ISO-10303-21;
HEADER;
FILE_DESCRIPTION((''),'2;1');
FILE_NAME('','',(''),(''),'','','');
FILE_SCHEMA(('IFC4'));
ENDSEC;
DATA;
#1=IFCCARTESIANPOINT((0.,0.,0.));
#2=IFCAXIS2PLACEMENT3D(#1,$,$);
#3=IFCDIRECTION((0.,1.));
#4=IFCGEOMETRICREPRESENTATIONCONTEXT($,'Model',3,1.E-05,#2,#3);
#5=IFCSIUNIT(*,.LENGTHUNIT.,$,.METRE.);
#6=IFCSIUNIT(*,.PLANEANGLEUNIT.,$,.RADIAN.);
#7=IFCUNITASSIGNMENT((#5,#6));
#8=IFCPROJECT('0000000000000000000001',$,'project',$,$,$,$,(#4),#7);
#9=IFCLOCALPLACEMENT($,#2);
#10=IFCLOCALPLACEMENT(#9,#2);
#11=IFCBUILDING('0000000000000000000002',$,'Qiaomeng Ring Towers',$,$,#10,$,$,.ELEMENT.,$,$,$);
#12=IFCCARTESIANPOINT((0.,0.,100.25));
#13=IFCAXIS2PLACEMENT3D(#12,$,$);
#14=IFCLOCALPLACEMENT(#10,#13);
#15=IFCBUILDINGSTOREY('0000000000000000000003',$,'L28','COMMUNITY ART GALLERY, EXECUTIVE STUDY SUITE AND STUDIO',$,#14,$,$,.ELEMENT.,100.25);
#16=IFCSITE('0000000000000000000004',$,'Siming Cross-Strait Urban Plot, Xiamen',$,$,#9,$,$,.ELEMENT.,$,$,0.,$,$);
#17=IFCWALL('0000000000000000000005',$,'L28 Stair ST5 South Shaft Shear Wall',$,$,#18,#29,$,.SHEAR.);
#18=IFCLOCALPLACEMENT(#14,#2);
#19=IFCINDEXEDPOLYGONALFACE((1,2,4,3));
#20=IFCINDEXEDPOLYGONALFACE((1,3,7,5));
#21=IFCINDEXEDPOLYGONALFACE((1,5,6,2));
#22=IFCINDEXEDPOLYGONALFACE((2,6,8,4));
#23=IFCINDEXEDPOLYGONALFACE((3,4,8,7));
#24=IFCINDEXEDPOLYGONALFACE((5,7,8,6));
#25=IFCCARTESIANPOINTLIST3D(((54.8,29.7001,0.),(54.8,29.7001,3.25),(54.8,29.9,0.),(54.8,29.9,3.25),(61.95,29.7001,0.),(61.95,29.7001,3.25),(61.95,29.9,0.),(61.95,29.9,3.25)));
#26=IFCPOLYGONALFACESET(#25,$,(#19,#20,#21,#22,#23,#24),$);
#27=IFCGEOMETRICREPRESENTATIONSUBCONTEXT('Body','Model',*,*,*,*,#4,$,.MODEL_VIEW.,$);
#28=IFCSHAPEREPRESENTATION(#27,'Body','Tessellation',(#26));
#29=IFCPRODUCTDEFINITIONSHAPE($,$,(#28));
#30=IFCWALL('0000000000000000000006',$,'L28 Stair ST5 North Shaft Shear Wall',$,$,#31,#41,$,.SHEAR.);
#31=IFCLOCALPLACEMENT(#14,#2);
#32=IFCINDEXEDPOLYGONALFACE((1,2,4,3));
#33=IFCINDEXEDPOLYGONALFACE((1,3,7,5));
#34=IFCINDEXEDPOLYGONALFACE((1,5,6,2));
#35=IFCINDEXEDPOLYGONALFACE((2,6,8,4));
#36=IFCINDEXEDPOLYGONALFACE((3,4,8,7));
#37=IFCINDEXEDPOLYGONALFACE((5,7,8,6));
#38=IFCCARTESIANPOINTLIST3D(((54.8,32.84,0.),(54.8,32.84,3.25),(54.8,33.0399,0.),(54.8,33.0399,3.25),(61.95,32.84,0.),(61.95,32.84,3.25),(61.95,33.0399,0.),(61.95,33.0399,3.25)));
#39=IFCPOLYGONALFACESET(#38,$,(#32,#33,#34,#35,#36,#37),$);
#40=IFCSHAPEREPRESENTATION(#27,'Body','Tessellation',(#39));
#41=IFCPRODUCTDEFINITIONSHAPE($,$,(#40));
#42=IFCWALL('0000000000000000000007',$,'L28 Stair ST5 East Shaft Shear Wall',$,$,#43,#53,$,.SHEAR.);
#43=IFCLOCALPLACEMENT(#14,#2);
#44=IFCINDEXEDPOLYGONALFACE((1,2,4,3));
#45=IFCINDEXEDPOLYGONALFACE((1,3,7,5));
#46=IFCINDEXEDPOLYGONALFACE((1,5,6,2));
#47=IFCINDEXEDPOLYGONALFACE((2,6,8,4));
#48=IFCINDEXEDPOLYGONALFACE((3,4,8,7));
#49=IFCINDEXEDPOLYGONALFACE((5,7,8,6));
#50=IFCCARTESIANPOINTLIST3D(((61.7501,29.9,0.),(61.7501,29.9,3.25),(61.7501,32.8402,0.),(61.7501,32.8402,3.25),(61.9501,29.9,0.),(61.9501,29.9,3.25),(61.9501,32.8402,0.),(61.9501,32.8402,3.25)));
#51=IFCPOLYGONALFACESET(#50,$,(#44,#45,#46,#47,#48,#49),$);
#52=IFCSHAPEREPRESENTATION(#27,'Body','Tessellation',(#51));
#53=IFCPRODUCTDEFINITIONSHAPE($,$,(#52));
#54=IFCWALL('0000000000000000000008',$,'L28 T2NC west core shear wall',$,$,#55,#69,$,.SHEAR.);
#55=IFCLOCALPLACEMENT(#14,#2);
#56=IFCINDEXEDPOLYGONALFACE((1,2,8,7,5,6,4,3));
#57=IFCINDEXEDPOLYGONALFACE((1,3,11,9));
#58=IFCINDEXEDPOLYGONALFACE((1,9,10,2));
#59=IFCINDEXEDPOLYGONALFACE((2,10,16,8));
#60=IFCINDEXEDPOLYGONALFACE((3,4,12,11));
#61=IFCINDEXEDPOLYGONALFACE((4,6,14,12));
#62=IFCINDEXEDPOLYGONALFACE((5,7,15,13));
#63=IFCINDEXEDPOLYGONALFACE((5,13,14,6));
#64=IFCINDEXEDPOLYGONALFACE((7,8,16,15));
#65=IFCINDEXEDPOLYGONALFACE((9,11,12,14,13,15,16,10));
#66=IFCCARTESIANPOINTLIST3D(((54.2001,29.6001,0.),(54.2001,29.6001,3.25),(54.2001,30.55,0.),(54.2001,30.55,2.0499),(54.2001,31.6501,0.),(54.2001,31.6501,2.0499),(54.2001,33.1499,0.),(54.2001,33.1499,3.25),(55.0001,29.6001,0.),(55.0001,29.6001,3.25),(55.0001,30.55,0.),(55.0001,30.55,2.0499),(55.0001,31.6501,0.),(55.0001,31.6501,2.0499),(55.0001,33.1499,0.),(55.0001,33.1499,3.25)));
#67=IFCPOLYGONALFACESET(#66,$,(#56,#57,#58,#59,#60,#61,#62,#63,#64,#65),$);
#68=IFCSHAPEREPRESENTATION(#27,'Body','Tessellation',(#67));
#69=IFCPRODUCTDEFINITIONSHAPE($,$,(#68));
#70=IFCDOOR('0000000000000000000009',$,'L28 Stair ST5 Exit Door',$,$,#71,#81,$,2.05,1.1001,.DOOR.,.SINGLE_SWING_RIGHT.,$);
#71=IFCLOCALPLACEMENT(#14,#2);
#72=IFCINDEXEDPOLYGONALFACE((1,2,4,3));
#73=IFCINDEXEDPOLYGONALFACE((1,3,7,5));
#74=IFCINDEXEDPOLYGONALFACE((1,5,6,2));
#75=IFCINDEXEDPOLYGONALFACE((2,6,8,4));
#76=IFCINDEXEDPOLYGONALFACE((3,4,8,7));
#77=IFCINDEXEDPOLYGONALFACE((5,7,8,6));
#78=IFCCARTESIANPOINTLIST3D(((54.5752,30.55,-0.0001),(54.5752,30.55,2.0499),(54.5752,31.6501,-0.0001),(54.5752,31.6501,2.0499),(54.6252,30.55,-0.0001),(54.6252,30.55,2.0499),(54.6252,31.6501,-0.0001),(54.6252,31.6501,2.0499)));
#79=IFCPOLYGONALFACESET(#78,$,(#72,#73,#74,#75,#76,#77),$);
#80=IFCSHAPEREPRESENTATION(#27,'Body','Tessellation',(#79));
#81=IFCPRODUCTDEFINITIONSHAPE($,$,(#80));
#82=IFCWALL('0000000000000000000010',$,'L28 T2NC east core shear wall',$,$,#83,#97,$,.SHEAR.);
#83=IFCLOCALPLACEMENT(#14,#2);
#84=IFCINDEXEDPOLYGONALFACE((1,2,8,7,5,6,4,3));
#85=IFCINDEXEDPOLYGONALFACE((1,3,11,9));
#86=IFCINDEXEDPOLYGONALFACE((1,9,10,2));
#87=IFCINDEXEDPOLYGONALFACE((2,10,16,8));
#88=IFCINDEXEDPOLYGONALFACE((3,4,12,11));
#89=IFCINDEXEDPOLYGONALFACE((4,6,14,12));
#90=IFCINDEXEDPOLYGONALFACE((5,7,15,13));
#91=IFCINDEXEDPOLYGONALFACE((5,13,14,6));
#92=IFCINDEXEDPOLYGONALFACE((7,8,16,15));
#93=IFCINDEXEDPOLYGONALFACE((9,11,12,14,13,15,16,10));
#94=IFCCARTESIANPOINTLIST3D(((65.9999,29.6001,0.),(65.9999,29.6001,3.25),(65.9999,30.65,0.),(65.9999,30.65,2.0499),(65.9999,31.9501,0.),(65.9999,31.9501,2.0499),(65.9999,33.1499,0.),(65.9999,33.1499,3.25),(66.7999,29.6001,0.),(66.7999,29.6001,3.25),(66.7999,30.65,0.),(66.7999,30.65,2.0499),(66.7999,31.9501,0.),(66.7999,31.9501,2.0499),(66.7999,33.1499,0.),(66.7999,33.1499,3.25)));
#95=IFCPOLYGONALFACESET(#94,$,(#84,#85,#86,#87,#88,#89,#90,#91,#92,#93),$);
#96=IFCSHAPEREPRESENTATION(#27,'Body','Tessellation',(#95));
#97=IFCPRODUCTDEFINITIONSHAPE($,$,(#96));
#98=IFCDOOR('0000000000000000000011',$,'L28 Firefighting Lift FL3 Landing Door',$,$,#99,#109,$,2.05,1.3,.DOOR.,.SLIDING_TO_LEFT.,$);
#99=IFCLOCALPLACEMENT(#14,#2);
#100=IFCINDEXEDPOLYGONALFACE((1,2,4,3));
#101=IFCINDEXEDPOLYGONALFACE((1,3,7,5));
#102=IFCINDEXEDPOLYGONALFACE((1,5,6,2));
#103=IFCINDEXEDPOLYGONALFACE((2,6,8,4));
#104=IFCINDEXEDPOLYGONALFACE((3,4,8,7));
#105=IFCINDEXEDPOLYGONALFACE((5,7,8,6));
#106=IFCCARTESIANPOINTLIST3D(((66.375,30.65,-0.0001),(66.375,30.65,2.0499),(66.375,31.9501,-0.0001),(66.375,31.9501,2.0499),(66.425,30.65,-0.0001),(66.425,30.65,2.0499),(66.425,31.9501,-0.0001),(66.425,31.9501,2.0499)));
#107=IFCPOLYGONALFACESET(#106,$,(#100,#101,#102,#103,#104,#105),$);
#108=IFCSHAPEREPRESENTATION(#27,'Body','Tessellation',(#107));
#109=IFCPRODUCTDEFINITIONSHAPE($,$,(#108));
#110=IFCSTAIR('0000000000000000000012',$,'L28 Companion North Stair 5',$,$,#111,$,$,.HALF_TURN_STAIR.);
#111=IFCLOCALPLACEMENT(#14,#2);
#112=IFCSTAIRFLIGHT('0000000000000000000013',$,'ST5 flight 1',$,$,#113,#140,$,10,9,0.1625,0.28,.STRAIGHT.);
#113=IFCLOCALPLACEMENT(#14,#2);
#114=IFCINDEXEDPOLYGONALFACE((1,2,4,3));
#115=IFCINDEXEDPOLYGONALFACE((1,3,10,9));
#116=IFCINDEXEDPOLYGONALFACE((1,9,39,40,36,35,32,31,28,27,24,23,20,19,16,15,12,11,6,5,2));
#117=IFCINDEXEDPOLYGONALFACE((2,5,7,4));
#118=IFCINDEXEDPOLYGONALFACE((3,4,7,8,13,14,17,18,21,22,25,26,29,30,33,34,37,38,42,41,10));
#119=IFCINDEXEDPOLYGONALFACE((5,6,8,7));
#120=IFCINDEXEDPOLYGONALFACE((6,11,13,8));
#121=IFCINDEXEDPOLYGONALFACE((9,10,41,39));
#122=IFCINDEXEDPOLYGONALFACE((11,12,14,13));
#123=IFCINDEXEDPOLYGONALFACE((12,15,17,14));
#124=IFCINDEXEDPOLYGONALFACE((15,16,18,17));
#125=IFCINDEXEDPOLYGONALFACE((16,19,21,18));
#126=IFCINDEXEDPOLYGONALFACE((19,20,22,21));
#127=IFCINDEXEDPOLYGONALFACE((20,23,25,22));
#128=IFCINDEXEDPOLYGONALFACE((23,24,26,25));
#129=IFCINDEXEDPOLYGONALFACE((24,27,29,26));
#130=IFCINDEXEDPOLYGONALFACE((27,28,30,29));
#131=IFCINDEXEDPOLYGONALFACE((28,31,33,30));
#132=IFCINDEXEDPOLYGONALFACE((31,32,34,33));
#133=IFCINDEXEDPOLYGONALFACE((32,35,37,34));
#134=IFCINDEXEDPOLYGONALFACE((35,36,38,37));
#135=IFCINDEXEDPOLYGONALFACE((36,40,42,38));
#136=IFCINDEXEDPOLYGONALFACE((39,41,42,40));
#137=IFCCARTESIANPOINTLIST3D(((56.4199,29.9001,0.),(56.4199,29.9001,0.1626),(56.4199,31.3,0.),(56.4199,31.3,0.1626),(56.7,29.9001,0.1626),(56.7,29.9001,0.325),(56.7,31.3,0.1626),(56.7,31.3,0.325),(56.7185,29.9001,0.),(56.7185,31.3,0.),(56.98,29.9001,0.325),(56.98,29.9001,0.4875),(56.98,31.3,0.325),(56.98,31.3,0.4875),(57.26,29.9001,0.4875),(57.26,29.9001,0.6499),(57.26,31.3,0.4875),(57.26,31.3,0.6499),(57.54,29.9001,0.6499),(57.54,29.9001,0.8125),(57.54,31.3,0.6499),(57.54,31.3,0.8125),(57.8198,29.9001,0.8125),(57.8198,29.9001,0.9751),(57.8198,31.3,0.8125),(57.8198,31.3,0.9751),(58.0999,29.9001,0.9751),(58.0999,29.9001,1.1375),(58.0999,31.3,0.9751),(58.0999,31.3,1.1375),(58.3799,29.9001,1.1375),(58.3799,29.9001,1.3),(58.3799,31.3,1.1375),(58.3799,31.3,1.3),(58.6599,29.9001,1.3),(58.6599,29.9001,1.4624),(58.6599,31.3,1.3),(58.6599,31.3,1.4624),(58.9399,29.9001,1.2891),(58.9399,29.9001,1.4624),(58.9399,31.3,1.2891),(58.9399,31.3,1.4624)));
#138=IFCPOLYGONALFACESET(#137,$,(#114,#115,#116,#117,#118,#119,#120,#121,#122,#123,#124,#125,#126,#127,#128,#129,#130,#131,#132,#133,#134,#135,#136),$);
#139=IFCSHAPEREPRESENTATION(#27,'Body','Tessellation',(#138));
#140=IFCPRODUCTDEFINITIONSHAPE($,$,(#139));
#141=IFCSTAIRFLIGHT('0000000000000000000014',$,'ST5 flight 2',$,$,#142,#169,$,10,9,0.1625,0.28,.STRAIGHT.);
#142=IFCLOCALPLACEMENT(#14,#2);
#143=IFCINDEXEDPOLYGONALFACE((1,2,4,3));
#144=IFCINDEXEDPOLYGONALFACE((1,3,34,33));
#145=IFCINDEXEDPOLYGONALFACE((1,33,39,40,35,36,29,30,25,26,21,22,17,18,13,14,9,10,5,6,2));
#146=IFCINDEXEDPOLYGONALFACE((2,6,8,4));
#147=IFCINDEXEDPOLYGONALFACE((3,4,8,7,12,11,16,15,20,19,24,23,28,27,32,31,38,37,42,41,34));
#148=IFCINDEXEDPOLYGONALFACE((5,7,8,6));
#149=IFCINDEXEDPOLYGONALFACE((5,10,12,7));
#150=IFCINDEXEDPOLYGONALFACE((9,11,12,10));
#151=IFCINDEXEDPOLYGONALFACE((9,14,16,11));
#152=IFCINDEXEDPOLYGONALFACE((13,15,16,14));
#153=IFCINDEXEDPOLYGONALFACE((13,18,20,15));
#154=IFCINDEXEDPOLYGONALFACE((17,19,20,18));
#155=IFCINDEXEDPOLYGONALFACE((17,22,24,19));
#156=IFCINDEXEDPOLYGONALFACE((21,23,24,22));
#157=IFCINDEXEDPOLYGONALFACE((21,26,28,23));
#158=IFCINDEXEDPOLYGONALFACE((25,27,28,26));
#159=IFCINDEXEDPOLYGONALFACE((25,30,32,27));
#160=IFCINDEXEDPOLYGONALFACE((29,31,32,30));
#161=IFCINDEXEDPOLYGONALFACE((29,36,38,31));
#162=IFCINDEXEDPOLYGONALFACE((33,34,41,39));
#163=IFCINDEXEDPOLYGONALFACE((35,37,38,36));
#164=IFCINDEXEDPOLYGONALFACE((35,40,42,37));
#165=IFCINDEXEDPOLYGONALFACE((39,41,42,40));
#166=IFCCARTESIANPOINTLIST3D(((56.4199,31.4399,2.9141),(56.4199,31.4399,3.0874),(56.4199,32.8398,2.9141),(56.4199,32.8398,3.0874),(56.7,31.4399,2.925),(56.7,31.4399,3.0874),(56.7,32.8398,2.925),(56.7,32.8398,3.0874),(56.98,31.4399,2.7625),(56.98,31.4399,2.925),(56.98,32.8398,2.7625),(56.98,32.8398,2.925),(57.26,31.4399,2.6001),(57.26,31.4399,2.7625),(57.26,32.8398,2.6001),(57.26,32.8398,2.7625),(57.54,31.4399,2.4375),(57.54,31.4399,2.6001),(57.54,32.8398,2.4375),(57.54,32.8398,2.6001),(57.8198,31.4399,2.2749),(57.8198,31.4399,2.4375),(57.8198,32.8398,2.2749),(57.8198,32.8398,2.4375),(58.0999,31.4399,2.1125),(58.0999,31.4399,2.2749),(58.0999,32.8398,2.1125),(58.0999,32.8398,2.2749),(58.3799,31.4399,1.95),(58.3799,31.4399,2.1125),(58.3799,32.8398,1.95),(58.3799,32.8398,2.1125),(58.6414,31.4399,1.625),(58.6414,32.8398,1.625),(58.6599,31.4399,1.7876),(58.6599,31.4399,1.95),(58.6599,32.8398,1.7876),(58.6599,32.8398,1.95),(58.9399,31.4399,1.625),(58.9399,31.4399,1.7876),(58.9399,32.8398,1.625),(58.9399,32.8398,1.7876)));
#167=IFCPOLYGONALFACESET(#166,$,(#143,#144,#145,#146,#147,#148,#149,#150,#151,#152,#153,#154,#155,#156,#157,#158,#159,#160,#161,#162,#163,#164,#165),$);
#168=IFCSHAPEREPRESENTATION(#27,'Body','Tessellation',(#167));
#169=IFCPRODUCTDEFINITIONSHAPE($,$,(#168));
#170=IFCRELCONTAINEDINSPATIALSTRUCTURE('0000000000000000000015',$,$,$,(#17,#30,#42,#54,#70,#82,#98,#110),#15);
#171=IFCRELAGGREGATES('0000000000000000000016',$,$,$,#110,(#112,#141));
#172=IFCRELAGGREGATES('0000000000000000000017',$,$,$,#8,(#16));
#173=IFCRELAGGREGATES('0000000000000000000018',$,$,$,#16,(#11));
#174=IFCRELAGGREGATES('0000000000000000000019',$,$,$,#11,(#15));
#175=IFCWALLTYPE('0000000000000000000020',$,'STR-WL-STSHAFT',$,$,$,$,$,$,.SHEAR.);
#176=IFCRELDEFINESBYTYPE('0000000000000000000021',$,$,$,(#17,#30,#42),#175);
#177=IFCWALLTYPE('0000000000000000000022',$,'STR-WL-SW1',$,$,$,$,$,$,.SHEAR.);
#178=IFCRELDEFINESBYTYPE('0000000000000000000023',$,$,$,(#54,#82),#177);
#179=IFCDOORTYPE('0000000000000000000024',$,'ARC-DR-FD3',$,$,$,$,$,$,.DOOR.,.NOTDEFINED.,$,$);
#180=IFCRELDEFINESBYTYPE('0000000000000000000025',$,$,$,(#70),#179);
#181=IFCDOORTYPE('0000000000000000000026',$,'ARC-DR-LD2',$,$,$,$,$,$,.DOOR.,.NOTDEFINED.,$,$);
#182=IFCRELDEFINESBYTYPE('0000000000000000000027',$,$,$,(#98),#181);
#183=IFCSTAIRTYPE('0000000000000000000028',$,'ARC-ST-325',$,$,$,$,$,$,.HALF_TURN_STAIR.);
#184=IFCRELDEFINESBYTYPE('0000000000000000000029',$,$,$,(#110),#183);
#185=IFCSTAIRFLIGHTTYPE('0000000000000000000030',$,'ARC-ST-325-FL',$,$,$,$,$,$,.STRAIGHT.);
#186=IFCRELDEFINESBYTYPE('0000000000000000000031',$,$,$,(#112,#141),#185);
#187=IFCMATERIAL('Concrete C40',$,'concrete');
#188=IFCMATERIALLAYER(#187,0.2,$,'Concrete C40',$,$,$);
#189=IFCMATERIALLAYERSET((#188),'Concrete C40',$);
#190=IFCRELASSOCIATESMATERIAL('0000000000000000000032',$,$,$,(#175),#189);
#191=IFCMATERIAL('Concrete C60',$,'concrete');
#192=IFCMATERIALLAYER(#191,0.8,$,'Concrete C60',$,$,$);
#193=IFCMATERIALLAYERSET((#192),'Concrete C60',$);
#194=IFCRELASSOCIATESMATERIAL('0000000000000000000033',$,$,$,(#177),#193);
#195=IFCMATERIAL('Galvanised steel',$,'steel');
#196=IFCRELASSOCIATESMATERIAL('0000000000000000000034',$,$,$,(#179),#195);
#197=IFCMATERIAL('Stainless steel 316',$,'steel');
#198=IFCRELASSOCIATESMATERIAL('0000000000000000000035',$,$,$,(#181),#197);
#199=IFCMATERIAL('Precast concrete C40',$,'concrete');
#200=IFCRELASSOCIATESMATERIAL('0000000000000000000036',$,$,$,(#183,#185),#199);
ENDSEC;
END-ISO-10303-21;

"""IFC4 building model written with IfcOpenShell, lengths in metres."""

from ifc_helpers import new_model, si_unit, direction, frame, frame_2d, origin, place, context, subcontext, project, spatial, polyline, rectangle, outline, extrude, source, transform, mapped, material, layer, layer_set, type_object, element, fill, aggregate, save


model = new_model("IFC4")

# Units and contexts
model_context = context("Model", 3, precision=1e-05, world=origin(), true_north=direction((0.0, 1.0)))
body_context = subcontext(model_context, "Body", "Model", "MODEL_VIEW")
ifc_project = project(units=[si_unit("LENGTHUNIT", "METRE"), si_unit("PLANEANGLEUNIT", "RADIAN")], contexts=[model_context])

# Site, building, storey
site_placement = place(None, origin())
site = spatial("IfcSite", under=ifc_project, at=site_placement, Name="Siming Cross-Strait Urban Plot, Xiamen", CompositionType="ELEMENT", RefElevation=0.0)
building_placement = place(site_placement, origin())
building = spatial("IfcBuilding", under=site, at=building_placement, Name="Qiaomeng Ring Towers", CompositionType="ELEMENT")
storey_placement = place(building_placement, frame((0.0, 0.0, 100.25)))
storey = spatial("IfcBuildingStorey", under=building, at=storey_placement, Name="L28", Description="COMMUNITY ART GALLERY, EXECUTIVE STUDY SUITE AND STUDIO", CompositionType="ELEMENT", Elevation=100.25)

# Walls
ifc_material_1 = material(Name="Concrete C40", Category="concrete")
ifc_layer_1 = layer(ifc_material_1, 0.2, Name="Concrete C40")
ifc_layer_set_1 = layer_set([ifc_layer_1], Name="Concrete C40")
wall_type_1 = type_object("IfcWallType", Name="STR-WL-STSHAFT", PredefinedType="SHEAR", material=ifc_layer_set_1)
for number, where, z_axis, x_axis, name in (
    (1, (54.8, 29.8, 0.0), (0.0, 0.0, 1.0), (1.0, 0.0, 0.0), "L28 Stair ST5 South Shaft Shear Wall"),
    (2, (54.8, 32.9399, 0.0), (0.0, 0.0, 1.0), (1.0, 0.0, 0.0), "L28 Stair ST5 North Shaft Shear Wall"),
):
    element("IfcWall", number, at=place(storey_placement, frame(where, z_axis=z_axis, x_axis=x_axis)), inside=storey, type_object=wall_type_1, Name=name, PredefinedType="SHEAR", context=body_context, shape_type="SweptSolid", body=[
        extrude(rectangle(XDim=7.1499, YDim=0.2, at=frame_2d((3.575, 0.0))), origin(), (0.0, 0.0, 1.0), 3.25),
    ])
wall_1_placement = place(storey_placement, frame((61.8501, 29.8999, 0.0), z_axis=(0.0, 0.0, 1.0), x_axis=(0.0, 1.0, 0.0)))
element("IfcWall", 3, at=wall_1_placement, inside=storey, type_object=wall_type_1, Name="L28 Stair ST5 East Shaft Shear Wall", PredefinedType="SHEAR", context=body_context, shape_type="SweptSolid", body=[
    extrude(rectangle(XDim=2.9402, YDim=0.2, at=frame_2d((1.4702, 0.0))), origin(), (0.0, 0.0, 1.0), 3.25),
])

# Walls, openings, doors
ifc_material_2 = material(Name="Concrete C60", Category="concrete")
ifc_layer_2 = layer(ifc_material_2, 0.8, Name="Concrete C60")
ifc_layer_set_2 = layer_set([ifc_layer_2], Name="Concrete C60")
wall_type_2 = type_object("IfcWallType", Name="STR-WL-SW1", PredefinedType="SHEAR", material=ifc_layer_set_2)
wall_2_placement = place(storey_placement, frame((54.6001, 29.6001, 0.0), z_axis=(0.0, 0.0, 1.0), x_axis=(0.0, 1.0, 0.0)))
wall_2 = element("IfcWall", 4, at=wall_2_placement, inside=storey, type_object=wall_type_2, Name="L28 T2NC west core shear wall", PredefinedType="SHEAR", context=body_context, shape_type="SweptSolid", body=[
    extrude(rectangle(XDim=3.5498, YDim=0.8, at=frame_2d((1.7749, 0.0))), origin(), (0.0, 0.0, 1.0), 3.25),
])
opening_1_placement = place(wall_2_placement, frame((0.95, 0.0, 0.0)))
opening_1 = element("IfcOpeningElement", 5, at=opening_1_placement, cuts=wall_2, PredefinedType="OPENING", context=body_context, shape_type="SweptSolid", body=[
    extrude(rectangle(XDim=1.1001, YDim=2.05, at=frame_2d((0.55, 1.0249))), frame((0.0, 0.4099, 0.0), z_axis=(0.0, -1.0, 0.0), x_axis=(1.0, 0.0, 0.0)), (0.0, 0.0, 1.0), 0.8201),
])
ifc_material_3 = material(Name="Galvanised steel", Category="steel")
door_type_1 = type_object("IfcDoorType", Name="ARC-DR-FD3", OperationType="NOTDEFINED", PredefinedType="DOOR", material=ifc_material_3)
shared_shape_1 = source(origin(), body_context, "Body", "SweptSolid", [
    extrude(rectangle(XDim=1.1001, YDim=2.05, at=frame_2d((0.55, 1.0249))), frame((0.0, 0.0249, 0.0), z_axis=(0.0, -1.0, 0.0), x_axis=(1.0, 0.0, 0.0)), (0.0, 0.0, 1.0), 0.05),
])
door_1_placement = place(opening_1_placement, origin())
door_1 = element("IfcDoor", 6, at=door_1_placement, inside=storey, type_object=door_type_1, Name="L28 Stair ST5 Exit Door", OperationType="SINGLE_SWING_RIGHT", OverallHeight=2.05, OverallWidth=1.1001, PredefinedType="DOOR", context=body_context, shape_type="MappedRepresentation", body=[
    mapped(shared_shape_1, transform((0.0, 0.0, 0.0), x_axis=(1.0, 0.0, 0.0), y_axis=(0.0, 1.0, 0.0), z_axis=(0.0, 0.0, 1.0), scale=1.0)),
])
fill(opening_1, door_1)
wall_3_placement = place(storey_placement, frame((66.3999, 29.6001, 0.0), z_axis=(0.0, 0.0, 1.0), x_axis=(0.0, 1.0, 0.0)))
wall_3 = element("IfcWall", 7, at=wall_3_placement, inside=storey, type_object=wall_type_2, Name="L28 T2NC east core shear wall", PredefinedType="SHEAR", context=body_context, shape_type="SweptSolid", body=[
    extrude(rectangle(XDim=3.5498, YDim=0.8, at=frame_2d((1.7749, 0.0))), origin(), (0.0, 0.0, 1.0), 3.25),
])
opening_2_placement = place(wall_3_placement, frame((1.05, 0.0, 0.0)))
opening_2 = element("IfcOpeningElement", 8, at=opening_2_placement, cuts=wall_3, PredefinedType="OPENING", context=body_context, shape_type="SweptSolid", body=[
    extrude(rectangle(XDim=1.3, YDim=2.05, at=frame_2d((0.6499, 1.0249))), frame((0.0, 0.4099, 0.0), z_axis=(0.0, -1.0, 0.0), x_axis=(1.0, 0.0, 0.0)), (0.0, 0.0, 1.0), 0.8201),
])
ifc_material_4 = material(Name="Stainless steel 316", Category="steel")
door_type_2 = type_object("IfcDoorType", Name="ARC-DR-LD2", OperationType="NOTDEFINED", PredefinedType="DOOR", material=ifc_material_4)
shared_shape_2 = source(origin(), body_context, "Body", "SweptSolid", [
    extrude(rectangle(XDim=1.3, YDim=2.05, at=frame_2d((0.6499, 1.0249))), frame((0.0, 0.0249, 0.0), z_axis=(0.0, -1.0, 0.0), x_axis=(1.0, 0.0, 0.0)), (0.0, 0.0, 1.0), 0.05),
])
door_2_placement = place(opening_2_placement, origin())
door_2 = element("IfcDoor", 9, at=door_2_placement, inside=storey, type_object=door_type_2, Name="L28 Firefighting Lift FL3 Landing Door", OperationType="SLIDING_TO_LEFT", OverallHeight=2.05, OverallWidth=1.3, PredefinedType="DOOR", context=body_context, shape_type="MappedRepresentation", body=[
    mapped(shared_shape_2, transform((0.0, 0.0, 0.0), x_axis=(1.0, 0.0, 0.0), y_axis=(0.0, 1.0, 0.0), z_axis=(0.0, 0.0, 1.0), scale=1.0)),
])
fill(opening_2, door_2)

# Stair, stair flights
ifc_material_5 = material(Name="Precast concrete C40", Category="concrete")
stair_type = type_object("IfcStairType", Name="ARC-ST-325", PredefinedType="HALF_TURN_STAIR", material=ifc_material_5)
stair_placement = place(storey_placement, origin())
stair = element("IfcStair", 10, at=stair_placement, inside=storey, type_object=stair_type, Name="L28 Companion North Stair 5", PredefinedType="HALF_TURN_STAIR")
stair_flight_type = type_object("IfcStairFlightType", Name="ARC-ST-325-FL", PredefinedType="STRAIGHT", material=ifc_material_5)
shared_shape_3 = source(origin(), body_context, "Body", "SweptSolid", [
    extrude(outline(polyline([(0.0, 0.0), (0.0, 0.1626), (0.28, 0.1626), (0.28, 0.325), (0.5601, 0.325), (0.5601, 0.4875), (0.8401, 0.4875), (0.8401, 0.6499), (1.1201, 0.6499), (1.1201, 0.8125), (1.3999, 0.8125), (1.3999, 0.9751), (1.6799, 0.9751), (1.6799, 1.1375), (1.96, 1.1375), (1.96, 1.3), (2.24, 1.3), (2.24, 1.4624), (2.52, 1.4624), (2.52, 1.625), (2.52, 1.2891), (0.2986, 0.0), (0.0, 0.0)])), frame((0.0, 0.7, 0.0), z_axis=(0.0, -1.0, 0.0), x_axis=(1.0, 0.0, 0.0)), (0.0, 0.0, 1.0), 1.3999),
])
stair_flight_1_placement = place(storey_placement, frame((56.4199, 30.6001, 0.0), z_axis=(0.0, 0.0, 1.0), x_axis=(1.0, 0.0, 0.0)))
stair_flight_1 = element("IfcStairFlight", 11, at=stair_flight_1_placement, type_object=stair_flight_type, Name="ST5 flight 1", NumberOfRisers=10, NumberOfTreads=9, PredefinedType="STRAIGHT", RiserHeight=0.1625, TreadLength=0.28, context=body_context, shape_type="MappedRepresentation", body=[
    mapped(shared_shape_3, transform((0.0, 0.0, 0.0), x_axis=(1.0, 0.0, 0.0), y_axis=(0.0, 1.0, 0.0), z_axis=(0.0, 0.0, 1.0), scale=1.0)),
])
stair_flight_2_placement = place(storey_placement, frame((58.9399, 32.1399, 1.625), z_axis=(0.0, 0.0, 1.0), x_axis=(-1.0, 0.0, 0.0)))
stair_flight_2 = element("IfcStairFlight", 12, at=stair_flight_2_placement, type_object=stair_flight_type, Name="ST5 flight 2", NumberOfRisers=10, NumberOfTreads=9, PredefinedType="STRAIGHT", RiserHeight=0.1625, TreadLength=0.28, context=body_context, shape_type="MappedRepresentation", body=[
    mapped(shared_shape_3, transform((0.0, 0.0, 0.0), x_axis=(1.0, 0.0, 0.0), y_axis=(0.0, 1.0, 0.0), z_axis=(0.0, 0.0, 1.0), scale=1.0)),
])
aggregate(stair, [stair_flight_1, stair_flight_2])

save(model, "model.ifc")
